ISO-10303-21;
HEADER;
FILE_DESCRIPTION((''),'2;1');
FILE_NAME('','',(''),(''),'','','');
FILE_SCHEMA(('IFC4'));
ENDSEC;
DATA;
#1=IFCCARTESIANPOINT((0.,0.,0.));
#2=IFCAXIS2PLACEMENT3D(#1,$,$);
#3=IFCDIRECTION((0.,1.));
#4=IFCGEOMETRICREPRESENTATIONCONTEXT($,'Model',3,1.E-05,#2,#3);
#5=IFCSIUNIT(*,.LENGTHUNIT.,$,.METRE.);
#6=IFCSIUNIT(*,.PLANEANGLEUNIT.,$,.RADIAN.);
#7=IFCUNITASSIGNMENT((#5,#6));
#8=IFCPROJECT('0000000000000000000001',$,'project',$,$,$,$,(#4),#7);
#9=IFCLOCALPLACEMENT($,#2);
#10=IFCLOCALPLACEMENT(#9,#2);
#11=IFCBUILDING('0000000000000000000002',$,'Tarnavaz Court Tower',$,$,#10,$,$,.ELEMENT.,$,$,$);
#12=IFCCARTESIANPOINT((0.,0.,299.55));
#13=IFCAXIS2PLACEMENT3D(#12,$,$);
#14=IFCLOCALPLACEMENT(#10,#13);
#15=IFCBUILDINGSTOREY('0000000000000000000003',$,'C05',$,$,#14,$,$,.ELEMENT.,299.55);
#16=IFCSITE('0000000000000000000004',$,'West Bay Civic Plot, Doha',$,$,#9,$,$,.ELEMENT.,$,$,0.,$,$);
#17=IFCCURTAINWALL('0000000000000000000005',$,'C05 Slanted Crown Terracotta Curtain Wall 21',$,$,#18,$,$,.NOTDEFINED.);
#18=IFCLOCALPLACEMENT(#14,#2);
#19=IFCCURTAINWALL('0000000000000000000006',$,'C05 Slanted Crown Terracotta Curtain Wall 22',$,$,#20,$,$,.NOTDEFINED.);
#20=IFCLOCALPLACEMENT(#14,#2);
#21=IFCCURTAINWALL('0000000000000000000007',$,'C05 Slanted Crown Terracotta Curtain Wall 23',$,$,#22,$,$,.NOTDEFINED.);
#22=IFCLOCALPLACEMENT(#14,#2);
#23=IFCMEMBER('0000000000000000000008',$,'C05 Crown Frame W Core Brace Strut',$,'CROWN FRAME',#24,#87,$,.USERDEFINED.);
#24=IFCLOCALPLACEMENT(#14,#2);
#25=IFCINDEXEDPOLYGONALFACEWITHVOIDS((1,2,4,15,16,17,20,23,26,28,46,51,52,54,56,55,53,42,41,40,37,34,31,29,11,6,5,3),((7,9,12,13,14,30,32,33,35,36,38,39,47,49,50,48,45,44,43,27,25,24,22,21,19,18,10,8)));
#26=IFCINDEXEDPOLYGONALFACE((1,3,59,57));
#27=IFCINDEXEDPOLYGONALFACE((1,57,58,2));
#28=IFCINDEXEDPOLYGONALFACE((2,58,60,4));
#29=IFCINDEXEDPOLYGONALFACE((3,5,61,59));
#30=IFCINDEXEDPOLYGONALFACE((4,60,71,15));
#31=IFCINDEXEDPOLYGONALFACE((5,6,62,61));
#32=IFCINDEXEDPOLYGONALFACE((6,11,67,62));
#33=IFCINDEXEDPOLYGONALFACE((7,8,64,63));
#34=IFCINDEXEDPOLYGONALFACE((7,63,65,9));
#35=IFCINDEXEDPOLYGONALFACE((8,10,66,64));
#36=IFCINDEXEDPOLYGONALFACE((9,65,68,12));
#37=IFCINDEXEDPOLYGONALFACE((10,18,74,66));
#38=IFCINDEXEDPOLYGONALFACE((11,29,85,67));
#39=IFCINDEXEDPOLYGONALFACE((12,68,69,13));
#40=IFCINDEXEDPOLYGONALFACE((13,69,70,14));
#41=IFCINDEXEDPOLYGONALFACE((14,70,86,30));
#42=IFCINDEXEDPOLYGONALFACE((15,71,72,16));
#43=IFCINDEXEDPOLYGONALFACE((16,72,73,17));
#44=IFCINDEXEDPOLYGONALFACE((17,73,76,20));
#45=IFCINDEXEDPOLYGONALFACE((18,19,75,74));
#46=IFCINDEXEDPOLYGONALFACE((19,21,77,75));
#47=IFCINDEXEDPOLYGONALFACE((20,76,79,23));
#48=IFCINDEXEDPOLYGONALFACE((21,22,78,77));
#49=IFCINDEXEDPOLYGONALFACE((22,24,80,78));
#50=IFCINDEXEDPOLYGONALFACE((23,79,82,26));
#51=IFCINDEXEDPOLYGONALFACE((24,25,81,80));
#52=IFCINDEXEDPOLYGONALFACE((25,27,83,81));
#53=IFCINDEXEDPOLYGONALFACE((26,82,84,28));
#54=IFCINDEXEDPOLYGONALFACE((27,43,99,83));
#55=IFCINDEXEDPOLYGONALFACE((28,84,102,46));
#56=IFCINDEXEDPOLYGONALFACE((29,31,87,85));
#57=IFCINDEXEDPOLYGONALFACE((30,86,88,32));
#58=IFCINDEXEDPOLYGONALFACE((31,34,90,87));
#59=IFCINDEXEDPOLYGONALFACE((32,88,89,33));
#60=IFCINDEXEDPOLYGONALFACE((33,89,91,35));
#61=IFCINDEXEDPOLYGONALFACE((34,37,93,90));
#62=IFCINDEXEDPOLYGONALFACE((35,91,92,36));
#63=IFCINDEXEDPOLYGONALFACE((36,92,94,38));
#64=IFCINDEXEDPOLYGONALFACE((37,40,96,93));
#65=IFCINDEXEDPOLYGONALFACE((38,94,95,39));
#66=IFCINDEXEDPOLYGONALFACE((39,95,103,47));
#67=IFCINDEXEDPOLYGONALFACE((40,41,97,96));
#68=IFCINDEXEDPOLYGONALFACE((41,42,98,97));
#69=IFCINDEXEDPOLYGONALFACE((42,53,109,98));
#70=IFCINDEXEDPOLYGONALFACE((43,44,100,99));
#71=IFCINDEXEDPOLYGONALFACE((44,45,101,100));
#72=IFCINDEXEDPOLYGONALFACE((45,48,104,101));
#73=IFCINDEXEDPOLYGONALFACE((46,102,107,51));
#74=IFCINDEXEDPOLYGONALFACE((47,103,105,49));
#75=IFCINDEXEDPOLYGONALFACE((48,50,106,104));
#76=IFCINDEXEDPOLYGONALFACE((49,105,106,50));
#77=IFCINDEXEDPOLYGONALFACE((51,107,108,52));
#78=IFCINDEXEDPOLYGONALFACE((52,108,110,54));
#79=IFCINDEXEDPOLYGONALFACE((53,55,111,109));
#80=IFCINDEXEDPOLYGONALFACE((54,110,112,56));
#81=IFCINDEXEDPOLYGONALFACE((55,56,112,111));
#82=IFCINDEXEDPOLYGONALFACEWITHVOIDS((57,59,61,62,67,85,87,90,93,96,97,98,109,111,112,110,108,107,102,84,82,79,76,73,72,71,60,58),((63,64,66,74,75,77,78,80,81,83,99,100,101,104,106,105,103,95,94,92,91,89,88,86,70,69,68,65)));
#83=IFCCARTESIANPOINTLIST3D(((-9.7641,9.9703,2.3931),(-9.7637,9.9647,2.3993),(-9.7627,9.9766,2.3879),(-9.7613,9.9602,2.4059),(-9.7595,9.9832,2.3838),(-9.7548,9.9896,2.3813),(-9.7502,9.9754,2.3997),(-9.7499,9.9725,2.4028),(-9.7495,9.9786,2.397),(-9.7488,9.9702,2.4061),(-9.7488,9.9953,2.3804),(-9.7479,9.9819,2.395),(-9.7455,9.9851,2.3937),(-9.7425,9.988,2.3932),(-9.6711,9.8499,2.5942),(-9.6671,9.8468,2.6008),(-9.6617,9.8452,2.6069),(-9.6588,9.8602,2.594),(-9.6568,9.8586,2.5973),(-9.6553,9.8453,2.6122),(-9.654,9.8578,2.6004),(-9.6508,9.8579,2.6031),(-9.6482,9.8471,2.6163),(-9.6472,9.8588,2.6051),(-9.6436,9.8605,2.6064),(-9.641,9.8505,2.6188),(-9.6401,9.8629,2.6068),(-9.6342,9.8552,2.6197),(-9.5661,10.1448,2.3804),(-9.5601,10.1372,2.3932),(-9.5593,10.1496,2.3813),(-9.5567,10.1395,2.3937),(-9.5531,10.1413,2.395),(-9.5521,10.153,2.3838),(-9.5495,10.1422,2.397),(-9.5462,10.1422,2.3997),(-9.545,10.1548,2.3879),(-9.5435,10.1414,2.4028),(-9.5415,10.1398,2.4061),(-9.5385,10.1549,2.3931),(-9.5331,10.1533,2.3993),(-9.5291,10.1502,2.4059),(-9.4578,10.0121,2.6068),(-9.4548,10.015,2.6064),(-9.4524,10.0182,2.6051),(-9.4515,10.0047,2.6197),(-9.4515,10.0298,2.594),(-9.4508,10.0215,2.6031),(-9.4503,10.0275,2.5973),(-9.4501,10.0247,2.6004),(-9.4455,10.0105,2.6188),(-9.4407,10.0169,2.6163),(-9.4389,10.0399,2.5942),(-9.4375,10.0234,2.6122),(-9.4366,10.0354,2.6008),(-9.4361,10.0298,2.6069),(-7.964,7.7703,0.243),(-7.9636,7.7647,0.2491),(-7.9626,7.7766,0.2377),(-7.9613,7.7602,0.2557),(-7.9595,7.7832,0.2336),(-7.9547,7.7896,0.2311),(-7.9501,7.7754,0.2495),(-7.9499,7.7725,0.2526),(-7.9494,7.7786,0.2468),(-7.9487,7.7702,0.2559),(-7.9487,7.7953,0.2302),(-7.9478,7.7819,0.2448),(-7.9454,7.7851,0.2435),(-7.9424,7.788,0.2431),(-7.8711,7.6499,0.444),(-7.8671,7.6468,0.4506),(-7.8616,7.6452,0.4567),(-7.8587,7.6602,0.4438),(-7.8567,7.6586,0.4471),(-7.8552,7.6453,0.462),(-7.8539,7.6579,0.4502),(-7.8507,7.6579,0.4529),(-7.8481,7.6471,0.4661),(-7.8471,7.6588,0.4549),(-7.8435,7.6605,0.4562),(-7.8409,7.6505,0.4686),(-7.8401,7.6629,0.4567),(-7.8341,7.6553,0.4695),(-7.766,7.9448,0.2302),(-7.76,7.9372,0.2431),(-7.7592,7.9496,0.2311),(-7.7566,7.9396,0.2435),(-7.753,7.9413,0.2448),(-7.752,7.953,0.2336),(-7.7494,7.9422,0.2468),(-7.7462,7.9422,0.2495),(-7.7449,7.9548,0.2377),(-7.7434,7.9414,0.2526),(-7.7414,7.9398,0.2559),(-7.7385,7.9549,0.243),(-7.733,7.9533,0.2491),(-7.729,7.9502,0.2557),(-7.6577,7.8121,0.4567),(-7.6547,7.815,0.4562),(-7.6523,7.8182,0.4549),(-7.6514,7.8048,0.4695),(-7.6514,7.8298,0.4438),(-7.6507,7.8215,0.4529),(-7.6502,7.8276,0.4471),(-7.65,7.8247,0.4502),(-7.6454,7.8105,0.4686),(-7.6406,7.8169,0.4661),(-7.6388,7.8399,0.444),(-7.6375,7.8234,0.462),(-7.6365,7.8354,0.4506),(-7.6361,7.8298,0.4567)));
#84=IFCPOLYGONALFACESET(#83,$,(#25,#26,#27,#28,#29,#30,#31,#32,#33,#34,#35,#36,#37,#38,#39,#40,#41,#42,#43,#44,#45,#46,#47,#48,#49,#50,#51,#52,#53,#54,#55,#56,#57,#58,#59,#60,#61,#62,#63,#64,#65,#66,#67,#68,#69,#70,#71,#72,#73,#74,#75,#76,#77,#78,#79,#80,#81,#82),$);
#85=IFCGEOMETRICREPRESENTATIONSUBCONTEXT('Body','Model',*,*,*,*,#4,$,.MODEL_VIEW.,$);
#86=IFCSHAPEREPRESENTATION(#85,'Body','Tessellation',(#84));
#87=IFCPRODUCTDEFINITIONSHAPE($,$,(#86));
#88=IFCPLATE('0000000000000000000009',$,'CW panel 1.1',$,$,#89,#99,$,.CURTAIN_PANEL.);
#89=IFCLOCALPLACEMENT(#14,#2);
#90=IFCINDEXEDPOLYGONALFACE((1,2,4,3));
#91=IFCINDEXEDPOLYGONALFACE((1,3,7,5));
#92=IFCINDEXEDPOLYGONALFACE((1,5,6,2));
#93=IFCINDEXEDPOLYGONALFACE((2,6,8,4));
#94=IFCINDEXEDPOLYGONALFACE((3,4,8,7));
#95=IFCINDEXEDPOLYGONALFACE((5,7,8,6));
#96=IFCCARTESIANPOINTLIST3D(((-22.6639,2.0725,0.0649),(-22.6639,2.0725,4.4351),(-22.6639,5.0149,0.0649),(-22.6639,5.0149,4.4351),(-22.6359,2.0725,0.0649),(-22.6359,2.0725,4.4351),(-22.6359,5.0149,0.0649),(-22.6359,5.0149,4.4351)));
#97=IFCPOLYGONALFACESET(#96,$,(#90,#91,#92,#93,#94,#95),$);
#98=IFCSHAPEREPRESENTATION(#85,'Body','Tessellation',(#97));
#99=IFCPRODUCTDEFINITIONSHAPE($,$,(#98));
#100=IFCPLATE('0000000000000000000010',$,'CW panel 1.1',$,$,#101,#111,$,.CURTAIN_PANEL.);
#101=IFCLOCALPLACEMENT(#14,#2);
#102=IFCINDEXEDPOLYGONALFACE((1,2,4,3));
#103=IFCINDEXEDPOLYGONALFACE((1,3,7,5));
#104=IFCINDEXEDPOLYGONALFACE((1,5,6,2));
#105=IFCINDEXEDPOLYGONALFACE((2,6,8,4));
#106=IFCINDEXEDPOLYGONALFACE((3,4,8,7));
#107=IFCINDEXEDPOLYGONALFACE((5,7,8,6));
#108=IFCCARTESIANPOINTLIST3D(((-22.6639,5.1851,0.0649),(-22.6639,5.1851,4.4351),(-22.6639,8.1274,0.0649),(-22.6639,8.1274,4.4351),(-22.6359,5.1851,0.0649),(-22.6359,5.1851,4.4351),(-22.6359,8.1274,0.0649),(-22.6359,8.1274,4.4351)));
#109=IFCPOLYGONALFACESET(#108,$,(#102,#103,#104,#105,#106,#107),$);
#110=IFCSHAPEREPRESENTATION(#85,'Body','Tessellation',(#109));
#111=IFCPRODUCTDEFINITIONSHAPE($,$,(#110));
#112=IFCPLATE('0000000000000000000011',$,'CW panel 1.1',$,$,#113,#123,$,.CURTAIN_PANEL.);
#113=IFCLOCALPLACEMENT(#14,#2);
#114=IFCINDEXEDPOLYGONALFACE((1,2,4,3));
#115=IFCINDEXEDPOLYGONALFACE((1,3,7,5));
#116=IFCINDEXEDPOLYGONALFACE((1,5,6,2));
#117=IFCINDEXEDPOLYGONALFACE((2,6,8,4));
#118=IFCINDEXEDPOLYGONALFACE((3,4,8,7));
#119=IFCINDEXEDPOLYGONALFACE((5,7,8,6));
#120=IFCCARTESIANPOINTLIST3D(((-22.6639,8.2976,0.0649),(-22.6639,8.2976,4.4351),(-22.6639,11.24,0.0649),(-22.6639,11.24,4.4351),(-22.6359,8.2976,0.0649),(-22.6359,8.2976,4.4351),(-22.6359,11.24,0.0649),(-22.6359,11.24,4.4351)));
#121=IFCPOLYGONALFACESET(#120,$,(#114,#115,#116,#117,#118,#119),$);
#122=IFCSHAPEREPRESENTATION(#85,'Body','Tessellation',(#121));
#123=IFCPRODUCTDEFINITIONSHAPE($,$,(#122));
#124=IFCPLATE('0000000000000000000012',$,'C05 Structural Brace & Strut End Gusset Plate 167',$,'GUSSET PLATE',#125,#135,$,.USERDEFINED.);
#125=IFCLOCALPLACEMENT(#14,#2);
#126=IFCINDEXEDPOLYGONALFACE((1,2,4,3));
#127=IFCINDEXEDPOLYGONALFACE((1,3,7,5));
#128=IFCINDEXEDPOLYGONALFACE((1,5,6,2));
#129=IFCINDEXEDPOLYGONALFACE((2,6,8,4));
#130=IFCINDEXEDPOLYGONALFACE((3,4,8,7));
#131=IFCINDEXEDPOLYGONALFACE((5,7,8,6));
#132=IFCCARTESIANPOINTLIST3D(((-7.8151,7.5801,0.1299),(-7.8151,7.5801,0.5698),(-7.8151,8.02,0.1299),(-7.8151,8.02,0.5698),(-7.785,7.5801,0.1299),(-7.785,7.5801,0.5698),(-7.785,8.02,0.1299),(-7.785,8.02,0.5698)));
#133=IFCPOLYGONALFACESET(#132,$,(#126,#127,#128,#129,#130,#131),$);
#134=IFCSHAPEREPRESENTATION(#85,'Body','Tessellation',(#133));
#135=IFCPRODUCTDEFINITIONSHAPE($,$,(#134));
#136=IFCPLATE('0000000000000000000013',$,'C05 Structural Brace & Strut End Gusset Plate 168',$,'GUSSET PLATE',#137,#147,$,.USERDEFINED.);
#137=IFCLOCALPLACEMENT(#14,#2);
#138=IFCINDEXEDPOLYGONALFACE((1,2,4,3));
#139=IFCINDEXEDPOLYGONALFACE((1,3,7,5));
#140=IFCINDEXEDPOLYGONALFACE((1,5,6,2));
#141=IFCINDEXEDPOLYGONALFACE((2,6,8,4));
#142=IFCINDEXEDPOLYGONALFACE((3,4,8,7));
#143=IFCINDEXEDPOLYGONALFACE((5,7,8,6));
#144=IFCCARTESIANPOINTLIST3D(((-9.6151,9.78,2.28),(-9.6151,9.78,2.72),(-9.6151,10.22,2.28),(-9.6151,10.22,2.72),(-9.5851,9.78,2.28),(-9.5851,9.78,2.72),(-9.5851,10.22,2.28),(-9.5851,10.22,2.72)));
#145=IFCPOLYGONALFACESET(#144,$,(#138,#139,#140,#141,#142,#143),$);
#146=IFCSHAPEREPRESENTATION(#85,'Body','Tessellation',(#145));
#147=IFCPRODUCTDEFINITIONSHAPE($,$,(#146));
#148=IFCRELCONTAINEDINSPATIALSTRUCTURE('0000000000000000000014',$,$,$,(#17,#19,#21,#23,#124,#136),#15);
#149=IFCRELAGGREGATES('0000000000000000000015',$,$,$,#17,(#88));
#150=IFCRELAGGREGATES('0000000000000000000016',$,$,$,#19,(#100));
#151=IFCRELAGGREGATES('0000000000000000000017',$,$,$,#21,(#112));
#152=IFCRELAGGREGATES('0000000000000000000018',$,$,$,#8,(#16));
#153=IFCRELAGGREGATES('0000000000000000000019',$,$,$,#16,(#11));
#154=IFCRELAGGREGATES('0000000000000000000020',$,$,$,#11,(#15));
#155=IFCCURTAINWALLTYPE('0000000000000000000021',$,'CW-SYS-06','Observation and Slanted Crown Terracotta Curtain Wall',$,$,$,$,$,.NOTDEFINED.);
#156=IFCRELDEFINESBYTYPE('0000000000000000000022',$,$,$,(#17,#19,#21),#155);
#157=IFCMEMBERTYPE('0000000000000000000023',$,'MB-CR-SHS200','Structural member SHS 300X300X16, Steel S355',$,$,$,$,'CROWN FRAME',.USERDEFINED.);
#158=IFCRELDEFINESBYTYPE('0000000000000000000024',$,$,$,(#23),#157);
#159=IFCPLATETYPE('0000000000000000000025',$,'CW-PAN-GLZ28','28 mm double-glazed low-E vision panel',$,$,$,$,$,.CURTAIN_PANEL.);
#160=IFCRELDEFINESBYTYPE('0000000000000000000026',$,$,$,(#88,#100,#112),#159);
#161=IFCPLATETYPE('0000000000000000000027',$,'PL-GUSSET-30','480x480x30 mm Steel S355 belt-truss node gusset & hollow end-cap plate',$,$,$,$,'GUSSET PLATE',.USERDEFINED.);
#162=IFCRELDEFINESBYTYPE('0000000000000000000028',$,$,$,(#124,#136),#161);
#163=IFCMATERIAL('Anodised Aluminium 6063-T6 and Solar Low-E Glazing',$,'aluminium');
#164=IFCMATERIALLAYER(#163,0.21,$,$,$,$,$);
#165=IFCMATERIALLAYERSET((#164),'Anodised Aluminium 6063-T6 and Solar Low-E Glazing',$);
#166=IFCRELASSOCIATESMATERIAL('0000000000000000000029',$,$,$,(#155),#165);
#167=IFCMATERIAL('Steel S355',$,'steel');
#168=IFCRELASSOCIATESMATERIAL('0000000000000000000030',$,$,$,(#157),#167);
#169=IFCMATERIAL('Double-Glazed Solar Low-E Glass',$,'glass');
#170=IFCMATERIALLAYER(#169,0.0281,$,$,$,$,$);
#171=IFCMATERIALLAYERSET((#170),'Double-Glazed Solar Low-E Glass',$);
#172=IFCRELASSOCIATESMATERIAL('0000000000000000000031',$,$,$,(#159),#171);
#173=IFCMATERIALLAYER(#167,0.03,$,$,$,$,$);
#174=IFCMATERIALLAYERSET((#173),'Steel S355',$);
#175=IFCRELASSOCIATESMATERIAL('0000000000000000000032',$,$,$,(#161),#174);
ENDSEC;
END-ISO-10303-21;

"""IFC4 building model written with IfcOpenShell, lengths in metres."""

from ifc_helpers import new_model, si_unit, direction, frame, origin, origin_2d, place, context, subcontext, project, spatial, rectangle, hollow_rectangle, extrude, material, layer, layer_set, material_profile, profile_set, type_object, element, aggregate, save


model = new_model("IFC4")

# Units and contexts
model_context = context("Model", 3, precision=1e-05, world=origin(), true_north=direction((0.0, 1.0)))
body_context = subcontext(model_context, "Body", "Model", "MODEL_VIEW")
ifc_project = project(units=[si_unit("LENGTHUNIT", "METRE"), si_unit("PLANEANGLEUNIT", "RADIAN")], contexts=[model_context])

# Site, building, storey
site_placement = place(None, origin())
site = spatial("IfcSite", under=ifc_project, at=site_placement, Name="West Bay Civic Plot, Doha", CompositionType="ELEMENT", RefElevation=0.0)
building_placement = place(site_placement, origin())
building = spatial("IfcBuilding", under=site, at=building_placement, Name="Tarnavaz Court Tower", CompositionType="ELEMENT")
storey_placement = place(building_placement, frame((0.0, 0.0, 299.55)))
storey = spatial("IfcBuildingStorey", under=building, at=storey_placement, Name="C05", CompositionType="ELEMENT", Elevation=299.55)

# Shared definitions
ifc_material_1 = material(Name="Steel S355", Category="steel")

# Curtain wall
ifc_material_2 = material(Name="Anodised Aluminium 6063-T6 and Solar Low-E Glazing", Category="aluminium")
ifc_layer_1 = layer(ifc_material_2, 0.21)
ifc_layer_set_1 = layer_set([ifc_layer_1], Name="Anodised Aluminium 6063-T6 and Solar Low-E Glazing")
curtain_wall_type = type_object("IfcCurtainWallType", Name="CW-SYS-06", Description="Observation and Slanted Crown Terracotta Curtain Wall", PredefinedType="NOTDEFINED", material=ifc_layer_set_1)
curtain_wall_1_placement = place(storey_placement, origin())
curtain_wall_1 = element("IfcCurtainWall", 1, at=curtain_wall_1_placement, inside=storey, type_object=curtain_wall_type, Name="C05 Slanted Crown Terracotta Curtain Wall 21", PredefinedType="NOTDEFINED")

# Curtain wall
curtain_wall_2_placement = place(storey_placement, origin())
curtain_wall_2 = element("IfcCurtainWall", 2, at=curtain_wall_2_placement, inside=storey, type_object=curtain_wall_type, Name="C05 Slanted Crown Terracotta Curtain Wall 22", PredefinedType="NOTDEFINED")

# Curtain wall
curtain_wall_3_placement = place(storey_placement, origin())
curtain_wall_3 = element("IfcCurtainWall", 3, at=curtain_wall_3_placement, inside=storey, type_object=curtain_wall_type, Name="C05 Slanted Crown Terracotta Curtain Wall 23", PredefinedType="NOTDEFINED")

# Member
ifc_material_profile_1 = material_profile(ifc_material_1, hollow_rectangle(XDim=0.3, YDim=0.3, WallThickness=0.0161, InnerFilletRadius=0.0161, OuterFilletRadius=0.032, at=origin_2d()), Name="SHS 300X300X16")
ifc_profile_set_1 = profile_set([ifc_material_profile_1], Name="Steel S355")
member_type_1 = type_object("IfcMemberType", Name="MB-CR-SHS200", Description="Structural member SHS 300X300X16, Steel S355", ElementType="CROWN FRAME", PredefinedType="USERDEFINED", material=ifc_profile_set_1)
member_1_placement = place(storey_placement, frame((-7.8, 7.8, 0.3499), z_axis=(-0.505044, 0.617246, 0.603272), x_axis=(-0.773942, -0.633256, 0.0)))
element("IfcMember", 4, at=member_1_placement, inside=storey, type_object=member_type_1, Name="C05 Crown Frame W Core Brace Strut", ObjectType="CROWN FRAME", PredefinedType="USERDEFINED", context=body_context, shape_type="SweptSolid", body=[
    extrude(hollow_rectangle(XDim=0.3, YDim=0.3, WallThickness=0.0161, InnerFilletRadius=0.0161, OuterFilletRadius=0.032, at=origin_2d()), origin(), (0.0, 0.0, 1.0), 3.5642),
])

# Plates
ifc_material_3 = material(Name="Double-Glazed Solar Low-E Glass", Category="glass")
ifc_layer_2 = layer(ifc_material_3, 0.0281)
ifc_layer_set_2 = layer_set([ifc_layer_2], Name="Double-Glazed Solar Low-E Glass")
plate_type_1 = type_object("IfcPlateType", Name="CW-PAN-GLZ28", Description="28 mm double-glazed low-E vision panel", PredefinedType="CURTAIN_PANEL", material=ifc_layer_set_2)
plate_1_placement = place(storey_placement, frame((-22.6499, 3.5437, 0.0649), z_axis=(0.0, 0.0, 1.0), x_axis=(0.0, 1.0, 0.0)))
plate_1 = element("IfcPlate", 5, at=plate_1_placement, type_object=plate_type_1, Name="CW panel 1.1", PredefinedType="CURTAIN_PANEL", context=body_context, shape_type="SweptSolid", body=[
    extrude(rectangle(XDim=2.9424, YDim=0.0281, at=origin_2d()), origin(), (0.0, 0.0, 1.0), 4.3701),
])
aggregate(curtain_wall_1, [plate_1])
plate_2_placement = place(storey_placement, frame((-22.6499, 6.6562, 0.0649), z_axis=(0.0, 0.0, 1.0), x_axis=(0.0, 1.0, 0.0)))
plate_2 = element("IfcPlate", 6, at=plate_2_placement, type_object=plate_type_1, Name="CW panel 1.1", PredefinedType="CURTAIN_PANEL", context=body_context, shape_type="SweptSolid", body=[
    extrude(rectangle(XDim=2.9424, YDim=0.0281, at=origin_2d()), origin(), (0.0, 0.0, 1.0), 4.3701),
])
aggregate(curtain_wall_2, [plate_2])
plate_3_placement = place(storey_placement, frame((-22.6499, 9.7688, 0.0649), z_axis=(0.0, 0.0, 1.0), x_axis=(0.0, 1.0, 0.0)))
plate_3 = element("IfcPlate", 7, at=plate_3_placement, type_object=plate_type_1, Name="CW panel 1.1", PredefinedType="CURTAIN_PANEL", context=body_context, shape_type="SweptSolid", body=[
    extrude(rectangle(XDim=2.9424, YDim=0.0281, at=origin_2d()), origin(), (0.0, 0.0, 1.0), 4.3701),
])
aggregate(curtain_wall_3, [plate_3])

# Plates
ifc_layer_3 = layer(ifc_material_1, 0.03)
ifc_layer_set_3 = layer_set([ifc_layer_3], Name="Steel S355")
plate_type_2 = type_object("IfcPlateType", Name="PL-GUSSET-30", Description="480x480x30 mm Steel S355 belt-truss node gusset & hollow end-cap plate", ElementType="GUSSET PLATE", PredefinedType="USERDEFINED", material=ifc_layer_set_3)
for number, where, z_axis, x_axis, name in (
    (8, (-7.8, 7.8, 0.1299), (0.0, 0.0, 1.0), (0.0, 1.0, 0.0), "C05 Structural Brace & Strut End Gusset Plate 167"),
    (9, (-9.6001, 10.0, 2.28), (0.0, 0.0, 1.0), (0.0, 1.0, 0.0), "C05 Structural Brace & Strut End Gusset Plate 168"),
):
    element("IfcPlate", number, at=place(storey_placement, frame(where, z_axis=z_axis, x_axis=x_axis)), inside=storey, type_object=plate_type_2, Name=name, ObjectType="GUSSET PLATE", PredefinedType="USERDEFINED", context=body_context, shape_type="SweptSolid", body=[
        extrude(rectangle(XDim=0.4399, YDim=0.03, at=origin_2d()), origin(), (0.0, 0.0, 1.0), 0.4399),
    ])

save(model, "model.ifc")
